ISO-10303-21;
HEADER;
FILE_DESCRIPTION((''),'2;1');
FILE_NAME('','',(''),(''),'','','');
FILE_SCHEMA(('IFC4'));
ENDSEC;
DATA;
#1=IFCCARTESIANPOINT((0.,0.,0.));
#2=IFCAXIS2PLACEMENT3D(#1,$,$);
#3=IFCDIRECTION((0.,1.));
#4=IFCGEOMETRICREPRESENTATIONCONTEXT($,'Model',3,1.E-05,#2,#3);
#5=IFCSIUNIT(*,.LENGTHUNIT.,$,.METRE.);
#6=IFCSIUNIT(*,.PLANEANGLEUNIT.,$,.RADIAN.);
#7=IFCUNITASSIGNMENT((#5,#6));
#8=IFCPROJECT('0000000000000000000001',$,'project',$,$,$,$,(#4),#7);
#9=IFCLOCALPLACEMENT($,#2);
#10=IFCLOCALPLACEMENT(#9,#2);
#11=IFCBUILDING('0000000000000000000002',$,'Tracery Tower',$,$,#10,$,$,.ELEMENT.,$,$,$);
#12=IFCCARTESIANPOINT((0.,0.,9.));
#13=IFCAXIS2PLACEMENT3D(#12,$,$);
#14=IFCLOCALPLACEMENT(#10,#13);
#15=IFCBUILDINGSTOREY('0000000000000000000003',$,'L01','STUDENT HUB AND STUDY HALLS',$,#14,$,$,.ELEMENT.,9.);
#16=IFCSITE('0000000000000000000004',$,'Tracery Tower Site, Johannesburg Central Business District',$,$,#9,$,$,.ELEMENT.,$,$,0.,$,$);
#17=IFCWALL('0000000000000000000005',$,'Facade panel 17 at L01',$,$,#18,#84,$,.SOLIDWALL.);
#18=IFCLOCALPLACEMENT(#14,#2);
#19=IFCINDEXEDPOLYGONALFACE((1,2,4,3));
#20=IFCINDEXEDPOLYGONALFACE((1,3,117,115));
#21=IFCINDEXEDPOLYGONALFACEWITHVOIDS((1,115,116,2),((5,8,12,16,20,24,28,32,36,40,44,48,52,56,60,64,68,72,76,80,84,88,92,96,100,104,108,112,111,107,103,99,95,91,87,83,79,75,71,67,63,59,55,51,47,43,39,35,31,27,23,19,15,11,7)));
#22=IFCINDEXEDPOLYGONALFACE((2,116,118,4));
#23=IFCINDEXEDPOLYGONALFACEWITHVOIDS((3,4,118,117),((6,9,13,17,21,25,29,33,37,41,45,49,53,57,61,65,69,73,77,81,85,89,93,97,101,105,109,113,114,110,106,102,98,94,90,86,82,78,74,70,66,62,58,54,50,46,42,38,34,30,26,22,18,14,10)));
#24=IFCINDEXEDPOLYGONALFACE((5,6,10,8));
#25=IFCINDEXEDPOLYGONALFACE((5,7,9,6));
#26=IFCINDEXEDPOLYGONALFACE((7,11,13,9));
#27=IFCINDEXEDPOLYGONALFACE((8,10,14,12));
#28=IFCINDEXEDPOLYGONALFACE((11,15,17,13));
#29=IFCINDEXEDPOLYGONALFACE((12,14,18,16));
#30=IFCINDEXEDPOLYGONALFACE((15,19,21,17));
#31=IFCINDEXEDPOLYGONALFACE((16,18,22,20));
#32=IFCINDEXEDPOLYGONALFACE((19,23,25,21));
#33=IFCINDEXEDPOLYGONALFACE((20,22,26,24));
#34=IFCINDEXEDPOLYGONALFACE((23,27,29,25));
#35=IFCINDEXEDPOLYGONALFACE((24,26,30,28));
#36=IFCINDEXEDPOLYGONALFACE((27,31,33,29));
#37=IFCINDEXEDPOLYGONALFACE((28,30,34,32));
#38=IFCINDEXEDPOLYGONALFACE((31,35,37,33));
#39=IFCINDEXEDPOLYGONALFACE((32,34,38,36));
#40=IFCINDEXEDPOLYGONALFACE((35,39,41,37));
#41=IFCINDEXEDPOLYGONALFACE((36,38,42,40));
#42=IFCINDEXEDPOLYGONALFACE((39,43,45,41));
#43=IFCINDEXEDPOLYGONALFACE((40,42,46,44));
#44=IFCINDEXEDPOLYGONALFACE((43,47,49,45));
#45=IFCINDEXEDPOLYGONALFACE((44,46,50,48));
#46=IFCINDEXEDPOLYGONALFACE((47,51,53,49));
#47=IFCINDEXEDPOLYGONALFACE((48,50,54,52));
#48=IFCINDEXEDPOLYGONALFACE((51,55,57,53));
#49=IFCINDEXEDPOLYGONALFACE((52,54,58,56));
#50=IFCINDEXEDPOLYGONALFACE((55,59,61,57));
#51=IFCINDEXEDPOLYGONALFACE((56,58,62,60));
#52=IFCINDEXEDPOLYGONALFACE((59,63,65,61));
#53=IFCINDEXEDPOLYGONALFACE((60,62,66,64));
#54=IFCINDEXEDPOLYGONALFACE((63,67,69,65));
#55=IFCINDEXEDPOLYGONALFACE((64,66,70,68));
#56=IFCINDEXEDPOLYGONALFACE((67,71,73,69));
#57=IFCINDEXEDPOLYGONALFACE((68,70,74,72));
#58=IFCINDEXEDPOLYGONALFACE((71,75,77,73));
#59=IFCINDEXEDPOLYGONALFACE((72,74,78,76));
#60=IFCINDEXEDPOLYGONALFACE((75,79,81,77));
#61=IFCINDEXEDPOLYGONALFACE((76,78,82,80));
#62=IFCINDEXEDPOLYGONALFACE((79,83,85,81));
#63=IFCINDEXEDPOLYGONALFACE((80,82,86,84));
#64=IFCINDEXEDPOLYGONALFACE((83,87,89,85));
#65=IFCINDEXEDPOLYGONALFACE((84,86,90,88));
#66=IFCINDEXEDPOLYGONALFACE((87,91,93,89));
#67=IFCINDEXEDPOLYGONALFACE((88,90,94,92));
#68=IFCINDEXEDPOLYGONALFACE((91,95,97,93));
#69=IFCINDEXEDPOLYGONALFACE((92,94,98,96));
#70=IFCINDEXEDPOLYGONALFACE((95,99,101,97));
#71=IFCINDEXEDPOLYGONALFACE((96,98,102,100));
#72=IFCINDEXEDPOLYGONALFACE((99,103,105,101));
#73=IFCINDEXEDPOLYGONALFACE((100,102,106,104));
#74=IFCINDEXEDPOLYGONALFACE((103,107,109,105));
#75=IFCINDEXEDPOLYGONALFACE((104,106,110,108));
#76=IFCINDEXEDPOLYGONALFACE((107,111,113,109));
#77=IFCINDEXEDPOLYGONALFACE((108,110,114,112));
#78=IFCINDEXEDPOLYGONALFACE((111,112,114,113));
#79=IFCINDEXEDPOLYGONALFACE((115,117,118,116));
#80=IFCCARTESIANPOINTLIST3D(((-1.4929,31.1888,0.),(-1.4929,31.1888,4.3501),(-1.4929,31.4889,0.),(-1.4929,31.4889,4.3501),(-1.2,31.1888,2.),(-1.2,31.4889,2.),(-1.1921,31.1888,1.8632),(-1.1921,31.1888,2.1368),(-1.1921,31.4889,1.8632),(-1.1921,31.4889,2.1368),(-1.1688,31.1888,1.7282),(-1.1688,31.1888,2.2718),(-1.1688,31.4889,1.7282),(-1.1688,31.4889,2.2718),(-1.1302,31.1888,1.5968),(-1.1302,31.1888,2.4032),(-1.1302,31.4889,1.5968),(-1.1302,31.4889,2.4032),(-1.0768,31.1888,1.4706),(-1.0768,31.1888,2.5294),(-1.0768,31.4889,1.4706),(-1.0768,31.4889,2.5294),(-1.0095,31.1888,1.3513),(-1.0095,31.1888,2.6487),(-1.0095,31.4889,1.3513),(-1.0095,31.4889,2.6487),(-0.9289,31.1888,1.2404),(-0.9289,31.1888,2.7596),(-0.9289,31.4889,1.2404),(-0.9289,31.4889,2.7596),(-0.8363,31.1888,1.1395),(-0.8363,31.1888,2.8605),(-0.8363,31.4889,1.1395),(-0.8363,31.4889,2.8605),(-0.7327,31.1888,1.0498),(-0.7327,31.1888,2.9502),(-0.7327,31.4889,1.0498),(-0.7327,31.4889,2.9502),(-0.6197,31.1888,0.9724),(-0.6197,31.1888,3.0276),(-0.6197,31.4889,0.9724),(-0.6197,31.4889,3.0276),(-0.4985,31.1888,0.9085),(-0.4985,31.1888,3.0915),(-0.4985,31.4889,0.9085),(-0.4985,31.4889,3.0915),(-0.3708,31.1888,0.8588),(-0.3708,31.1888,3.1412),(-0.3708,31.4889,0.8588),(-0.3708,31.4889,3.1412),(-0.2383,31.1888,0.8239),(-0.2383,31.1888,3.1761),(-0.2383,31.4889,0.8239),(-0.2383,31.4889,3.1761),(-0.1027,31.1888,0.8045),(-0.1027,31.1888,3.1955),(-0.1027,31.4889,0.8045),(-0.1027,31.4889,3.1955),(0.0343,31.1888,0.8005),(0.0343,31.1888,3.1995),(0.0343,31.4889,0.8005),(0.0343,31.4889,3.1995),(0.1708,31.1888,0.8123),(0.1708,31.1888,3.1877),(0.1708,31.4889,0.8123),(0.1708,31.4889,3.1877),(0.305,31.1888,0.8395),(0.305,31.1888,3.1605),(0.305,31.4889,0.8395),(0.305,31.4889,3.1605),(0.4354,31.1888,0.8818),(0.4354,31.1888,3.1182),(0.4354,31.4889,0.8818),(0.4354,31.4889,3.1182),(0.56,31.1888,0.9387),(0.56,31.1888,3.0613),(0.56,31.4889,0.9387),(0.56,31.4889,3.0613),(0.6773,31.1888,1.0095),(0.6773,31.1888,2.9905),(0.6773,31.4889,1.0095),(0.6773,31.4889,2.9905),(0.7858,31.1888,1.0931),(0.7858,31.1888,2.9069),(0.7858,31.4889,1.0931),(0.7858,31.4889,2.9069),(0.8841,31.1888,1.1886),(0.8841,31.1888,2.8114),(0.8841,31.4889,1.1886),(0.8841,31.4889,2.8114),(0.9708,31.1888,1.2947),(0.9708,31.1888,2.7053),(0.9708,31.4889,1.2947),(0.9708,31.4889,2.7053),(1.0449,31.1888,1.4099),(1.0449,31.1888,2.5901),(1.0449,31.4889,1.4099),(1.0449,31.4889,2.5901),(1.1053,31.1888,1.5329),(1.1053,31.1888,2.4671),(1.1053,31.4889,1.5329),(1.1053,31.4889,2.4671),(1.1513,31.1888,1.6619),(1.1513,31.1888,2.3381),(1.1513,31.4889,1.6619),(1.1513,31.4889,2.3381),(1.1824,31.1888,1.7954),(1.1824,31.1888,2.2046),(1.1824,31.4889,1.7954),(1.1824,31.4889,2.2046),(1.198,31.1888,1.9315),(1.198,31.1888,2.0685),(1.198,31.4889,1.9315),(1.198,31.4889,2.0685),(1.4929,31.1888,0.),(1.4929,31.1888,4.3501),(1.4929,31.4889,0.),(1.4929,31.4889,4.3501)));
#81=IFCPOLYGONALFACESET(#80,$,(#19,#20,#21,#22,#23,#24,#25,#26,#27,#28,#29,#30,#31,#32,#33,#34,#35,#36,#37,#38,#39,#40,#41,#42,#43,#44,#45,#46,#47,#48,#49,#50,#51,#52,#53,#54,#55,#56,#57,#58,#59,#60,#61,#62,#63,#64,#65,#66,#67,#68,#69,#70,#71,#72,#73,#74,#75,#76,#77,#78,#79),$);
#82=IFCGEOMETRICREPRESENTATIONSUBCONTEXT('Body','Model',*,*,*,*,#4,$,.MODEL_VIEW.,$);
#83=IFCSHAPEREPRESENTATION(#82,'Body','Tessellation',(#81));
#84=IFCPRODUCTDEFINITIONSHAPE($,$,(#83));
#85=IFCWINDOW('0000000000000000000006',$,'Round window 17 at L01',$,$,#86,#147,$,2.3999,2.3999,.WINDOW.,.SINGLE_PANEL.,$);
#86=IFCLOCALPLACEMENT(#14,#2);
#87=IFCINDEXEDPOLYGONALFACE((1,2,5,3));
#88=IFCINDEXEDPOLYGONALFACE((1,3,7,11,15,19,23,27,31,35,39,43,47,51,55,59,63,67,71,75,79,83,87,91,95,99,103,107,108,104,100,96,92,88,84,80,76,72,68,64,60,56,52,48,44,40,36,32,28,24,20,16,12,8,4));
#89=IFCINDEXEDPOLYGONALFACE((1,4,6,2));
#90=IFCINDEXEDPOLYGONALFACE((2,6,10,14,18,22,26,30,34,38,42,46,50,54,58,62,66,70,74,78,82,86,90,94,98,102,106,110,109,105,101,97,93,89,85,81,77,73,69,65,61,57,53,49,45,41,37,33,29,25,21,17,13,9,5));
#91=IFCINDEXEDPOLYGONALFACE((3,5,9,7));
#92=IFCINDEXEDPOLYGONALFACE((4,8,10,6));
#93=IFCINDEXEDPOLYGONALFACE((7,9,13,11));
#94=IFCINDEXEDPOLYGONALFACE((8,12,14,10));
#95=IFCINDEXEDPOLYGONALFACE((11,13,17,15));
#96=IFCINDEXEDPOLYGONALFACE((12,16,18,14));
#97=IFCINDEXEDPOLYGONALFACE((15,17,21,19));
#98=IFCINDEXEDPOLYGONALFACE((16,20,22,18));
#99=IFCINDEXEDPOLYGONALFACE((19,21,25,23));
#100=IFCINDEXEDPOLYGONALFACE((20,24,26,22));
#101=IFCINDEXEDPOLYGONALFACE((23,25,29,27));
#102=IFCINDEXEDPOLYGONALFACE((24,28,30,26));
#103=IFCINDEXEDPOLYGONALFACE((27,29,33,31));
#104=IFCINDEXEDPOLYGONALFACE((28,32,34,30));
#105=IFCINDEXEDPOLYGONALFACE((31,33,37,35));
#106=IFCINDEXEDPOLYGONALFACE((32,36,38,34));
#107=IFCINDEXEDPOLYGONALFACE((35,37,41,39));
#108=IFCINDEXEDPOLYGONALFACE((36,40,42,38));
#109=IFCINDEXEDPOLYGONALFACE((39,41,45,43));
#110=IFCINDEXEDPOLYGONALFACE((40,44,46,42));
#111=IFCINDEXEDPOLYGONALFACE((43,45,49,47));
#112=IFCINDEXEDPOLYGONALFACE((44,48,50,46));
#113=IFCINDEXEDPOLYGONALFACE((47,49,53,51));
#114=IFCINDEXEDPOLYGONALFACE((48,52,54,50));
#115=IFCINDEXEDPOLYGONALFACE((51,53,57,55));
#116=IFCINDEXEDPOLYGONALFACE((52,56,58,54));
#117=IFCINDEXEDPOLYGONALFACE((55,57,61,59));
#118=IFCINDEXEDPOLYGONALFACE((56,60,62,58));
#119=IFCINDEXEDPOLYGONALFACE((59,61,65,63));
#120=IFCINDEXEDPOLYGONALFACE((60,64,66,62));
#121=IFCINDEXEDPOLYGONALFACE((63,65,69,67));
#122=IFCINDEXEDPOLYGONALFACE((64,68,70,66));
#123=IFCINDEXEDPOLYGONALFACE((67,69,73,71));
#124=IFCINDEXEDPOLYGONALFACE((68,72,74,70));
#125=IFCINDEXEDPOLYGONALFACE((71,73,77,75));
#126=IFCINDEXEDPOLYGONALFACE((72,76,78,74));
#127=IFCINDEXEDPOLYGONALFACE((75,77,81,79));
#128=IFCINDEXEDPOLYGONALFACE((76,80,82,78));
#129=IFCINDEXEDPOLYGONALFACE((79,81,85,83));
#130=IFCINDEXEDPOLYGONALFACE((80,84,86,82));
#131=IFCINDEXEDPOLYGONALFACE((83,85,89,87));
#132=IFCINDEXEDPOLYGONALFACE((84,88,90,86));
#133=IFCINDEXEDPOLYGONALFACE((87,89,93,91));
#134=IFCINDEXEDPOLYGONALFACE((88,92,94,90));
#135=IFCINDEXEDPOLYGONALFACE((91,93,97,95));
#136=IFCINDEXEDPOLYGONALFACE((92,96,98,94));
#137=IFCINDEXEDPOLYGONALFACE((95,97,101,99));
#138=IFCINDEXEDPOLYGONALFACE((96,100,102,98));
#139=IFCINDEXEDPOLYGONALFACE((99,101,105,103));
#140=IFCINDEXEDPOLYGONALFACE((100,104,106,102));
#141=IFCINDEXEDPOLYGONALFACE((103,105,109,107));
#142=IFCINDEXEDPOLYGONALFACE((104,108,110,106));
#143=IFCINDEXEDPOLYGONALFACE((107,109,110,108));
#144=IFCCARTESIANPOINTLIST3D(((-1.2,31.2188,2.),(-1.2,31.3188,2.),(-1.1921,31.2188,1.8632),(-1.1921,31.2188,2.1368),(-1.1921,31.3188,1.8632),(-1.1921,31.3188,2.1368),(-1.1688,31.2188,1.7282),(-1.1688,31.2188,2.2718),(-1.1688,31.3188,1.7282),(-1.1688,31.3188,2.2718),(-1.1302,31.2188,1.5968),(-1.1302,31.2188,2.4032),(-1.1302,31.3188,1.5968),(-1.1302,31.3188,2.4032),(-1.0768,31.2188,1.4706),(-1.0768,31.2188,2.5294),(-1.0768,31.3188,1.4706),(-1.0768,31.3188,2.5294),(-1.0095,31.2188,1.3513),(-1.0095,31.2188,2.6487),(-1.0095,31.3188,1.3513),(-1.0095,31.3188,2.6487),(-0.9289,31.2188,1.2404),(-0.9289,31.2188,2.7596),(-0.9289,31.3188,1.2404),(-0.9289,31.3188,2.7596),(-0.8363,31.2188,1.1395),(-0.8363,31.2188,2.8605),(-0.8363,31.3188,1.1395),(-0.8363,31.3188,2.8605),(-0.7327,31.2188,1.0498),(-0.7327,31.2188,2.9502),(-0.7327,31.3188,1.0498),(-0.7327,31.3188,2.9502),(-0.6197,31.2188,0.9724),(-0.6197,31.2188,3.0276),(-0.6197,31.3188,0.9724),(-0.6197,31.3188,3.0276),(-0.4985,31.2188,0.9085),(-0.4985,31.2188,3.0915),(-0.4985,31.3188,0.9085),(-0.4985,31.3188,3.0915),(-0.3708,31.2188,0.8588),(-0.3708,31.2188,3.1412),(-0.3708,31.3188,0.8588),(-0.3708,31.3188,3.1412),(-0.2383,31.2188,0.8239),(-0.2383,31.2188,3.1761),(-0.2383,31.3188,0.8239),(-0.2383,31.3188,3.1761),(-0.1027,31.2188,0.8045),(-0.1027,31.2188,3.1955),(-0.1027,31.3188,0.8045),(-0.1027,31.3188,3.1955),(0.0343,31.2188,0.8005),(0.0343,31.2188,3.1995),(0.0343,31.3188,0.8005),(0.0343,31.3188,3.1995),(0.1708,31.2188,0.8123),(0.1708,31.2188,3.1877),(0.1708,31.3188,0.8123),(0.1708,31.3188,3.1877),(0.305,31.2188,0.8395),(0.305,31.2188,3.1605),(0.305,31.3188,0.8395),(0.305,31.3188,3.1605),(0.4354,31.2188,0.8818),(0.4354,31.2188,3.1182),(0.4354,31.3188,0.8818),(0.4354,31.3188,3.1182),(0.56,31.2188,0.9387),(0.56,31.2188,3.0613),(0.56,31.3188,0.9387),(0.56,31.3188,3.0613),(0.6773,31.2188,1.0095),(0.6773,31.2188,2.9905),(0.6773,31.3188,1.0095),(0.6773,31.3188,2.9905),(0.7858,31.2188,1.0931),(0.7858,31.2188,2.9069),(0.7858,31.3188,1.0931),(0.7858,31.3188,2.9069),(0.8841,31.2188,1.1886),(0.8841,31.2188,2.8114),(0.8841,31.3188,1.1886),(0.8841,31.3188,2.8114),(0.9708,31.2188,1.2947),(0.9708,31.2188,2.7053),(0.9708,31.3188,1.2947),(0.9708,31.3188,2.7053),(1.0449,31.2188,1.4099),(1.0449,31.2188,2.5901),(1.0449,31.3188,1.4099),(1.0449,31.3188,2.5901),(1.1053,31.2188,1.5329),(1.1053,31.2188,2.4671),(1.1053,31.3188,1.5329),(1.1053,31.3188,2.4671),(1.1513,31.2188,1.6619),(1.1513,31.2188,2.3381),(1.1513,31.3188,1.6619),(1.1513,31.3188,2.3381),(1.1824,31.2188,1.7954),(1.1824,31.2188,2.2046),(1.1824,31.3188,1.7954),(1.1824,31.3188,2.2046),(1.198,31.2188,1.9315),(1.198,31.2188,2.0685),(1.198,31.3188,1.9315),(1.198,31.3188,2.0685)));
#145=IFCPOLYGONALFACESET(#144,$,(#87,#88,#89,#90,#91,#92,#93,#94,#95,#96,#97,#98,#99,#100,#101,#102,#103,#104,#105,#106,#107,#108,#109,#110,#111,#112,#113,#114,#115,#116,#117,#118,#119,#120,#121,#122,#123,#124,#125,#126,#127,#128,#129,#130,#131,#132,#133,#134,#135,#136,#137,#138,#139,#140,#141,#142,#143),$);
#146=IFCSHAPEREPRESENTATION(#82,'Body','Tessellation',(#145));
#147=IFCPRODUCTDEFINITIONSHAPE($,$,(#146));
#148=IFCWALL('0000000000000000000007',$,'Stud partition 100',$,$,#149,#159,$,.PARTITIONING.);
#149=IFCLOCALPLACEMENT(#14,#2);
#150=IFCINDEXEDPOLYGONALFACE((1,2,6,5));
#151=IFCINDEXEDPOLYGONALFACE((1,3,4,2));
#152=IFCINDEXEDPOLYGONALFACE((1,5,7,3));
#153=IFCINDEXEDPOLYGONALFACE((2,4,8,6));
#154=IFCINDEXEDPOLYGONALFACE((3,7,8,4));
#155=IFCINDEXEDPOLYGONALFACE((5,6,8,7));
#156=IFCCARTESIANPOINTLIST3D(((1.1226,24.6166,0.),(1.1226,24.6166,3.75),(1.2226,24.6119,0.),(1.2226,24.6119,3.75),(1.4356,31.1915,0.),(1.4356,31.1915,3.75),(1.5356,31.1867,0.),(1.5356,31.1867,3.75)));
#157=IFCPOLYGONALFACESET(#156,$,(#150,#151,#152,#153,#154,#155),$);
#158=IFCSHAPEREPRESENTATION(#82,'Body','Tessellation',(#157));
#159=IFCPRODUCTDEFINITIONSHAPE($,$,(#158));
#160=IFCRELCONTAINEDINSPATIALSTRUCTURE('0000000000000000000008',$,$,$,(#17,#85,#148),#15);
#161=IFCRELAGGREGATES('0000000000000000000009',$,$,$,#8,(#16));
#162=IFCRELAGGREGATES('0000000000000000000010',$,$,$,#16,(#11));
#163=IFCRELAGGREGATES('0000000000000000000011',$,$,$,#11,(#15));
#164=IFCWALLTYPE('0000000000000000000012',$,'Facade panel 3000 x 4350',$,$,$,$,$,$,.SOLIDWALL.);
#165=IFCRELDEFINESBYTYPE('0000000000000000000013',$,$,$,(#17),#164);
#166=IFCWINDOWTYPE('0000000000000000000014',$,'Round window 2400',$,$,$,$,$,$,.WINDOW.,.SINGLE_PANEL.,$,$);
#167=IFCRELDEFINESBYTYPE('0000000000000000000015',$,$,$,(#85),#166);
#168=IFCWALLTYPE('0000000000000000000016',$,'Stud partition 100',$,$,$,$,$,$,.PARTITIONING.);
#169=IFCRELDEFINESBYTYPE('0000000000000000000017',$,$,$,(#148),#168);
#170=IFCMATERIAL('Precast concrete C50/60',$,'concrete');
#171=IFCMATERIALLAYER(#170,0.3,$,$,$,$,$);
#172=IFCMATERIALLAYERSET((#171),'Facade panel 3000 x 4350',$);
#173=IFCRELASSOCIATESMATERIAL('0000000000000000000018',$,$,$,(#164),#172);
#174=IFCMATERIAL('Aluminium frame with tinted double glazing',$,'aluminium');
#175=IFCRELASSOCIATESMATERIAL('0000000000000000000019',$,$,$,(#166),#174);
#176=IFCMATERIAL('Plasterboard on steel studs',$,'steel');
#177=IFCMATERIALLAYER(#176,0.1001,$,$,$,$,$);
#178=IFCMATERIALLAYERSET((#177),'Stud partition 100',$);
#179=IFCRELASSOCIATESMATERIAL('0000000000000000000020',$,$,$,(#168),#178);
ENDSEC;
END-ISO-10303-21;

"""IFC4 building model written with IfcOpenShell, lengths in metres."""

from ifc_helpers import new_model, si_unit, direction, frame, frame_2d, origin, origin_2d, place, context, subcontext, project, spatial, rectangle, circle, extrude, material, layer, layer_set, type_object, element, fill, save


model = new_model("IFC4")

# Units and contexts
model_context = context("Model", 3, precision=1e-05, world=origin(), true_north=direction((0.0, 1.0)))
body_context = subcontext(model_context, "Body", "Model", "MODEL_VIEW")
ifc_project = project(units=[si_unit("LENGTHUNIT", "METRE"), si_unit("PLANEANGLEUNIT", "RADIAN")], contexts=[model_context])

# Site, building, storey
site_placement = place(None, origin())
site = spatial("IfcSite", under=ifc_project, at=site_placement, Name="Tracery Tower Site, Johannesburg Central Business District", CompositionType="ELEMENT", RefElevation=0.0)
building_placement = place(site_placement, origin())
building = spatial("IfcBuilding", under=site, at=building_placement, Name="Tracery Tower", CompositionType="ELEMENT")
storey_placement = place(building_placement, frame((0.0, 0.0, 9.0)))
storey = spatial("IfcBuildingStorey", under=building, at=storey_placement, Name="L01", Description="STUDENT HUB AND STUDY HALLS", CompositionType="ELEMENT", Elevation=9.0)

# Wall, opening, window
ifc_material_1 = material(Name="Precast concrete C50/60", Category="concrete")
ifc_layer_1 = layer(ifc_material_1, 0.3)
ifc_layer_set_1 = layer_set([ifc_layer_1], Name="Facade panel 3000 x 4350")
wall_type_1 = type_object("IfcWallType", Name="Facade panel 3000 x 4350", PredefinedType="SOLIDWALL", material=ifc_layer_set_1)
ifc_material_2 = material(Name="Aluminium frame with tinted double glazing", Category="aluminium")
window_type = type_object("IfcWindowType", Name="Round window 2400", PartitioningType="SINGLE_PANEL", PredefinedType="WINDOW", material=ifc_material_2)
wall_1_placement = place(storey_placement, frame((1.4929, 31.3389, 0.0), z_axis=(0.0, 0.0, 1.0), x_axis=(-1.0, 0.0, 0.0)))
wall_1 = element("IfcWall", 1, at=wall_1_placement, inside=storey, type_object=wall_type_1, Name="Facade panel 17 at L01", PredefinedType="SOLIDWALL", context=body_context, shape_type="SweptSolid", body=[
    extrude(rectangle(XDim=2.9858, YDim=0.3, at=frame_2d((1.4929, 0.0))), origin(), (0.0, 0.0, 1.0), 4.3501),
])
opening_1_placement = place(wall_1_placement, frame((1.4929, 0.0, 2.0)))
opening_1 = element("IfcOpeningElement", 2, at=opening_1_placement, cuts=wall_1, PredefinedType="OPENING", context=body_context, shape_type="SweptSolid", body=[
    extrude(circle(Radius=1.2, at=origin_2d()), frame((0.0, 0.1599, 0.0), z_axis=(0.0, -1.0, 0.0), x_axis=(1.0, 0.0, 0.0)), (0.0, 0.0, 1.0), 0.3201),
])
window_1_placement = place(opening_1_placement, origin())
window_1 = element("IfcWindow", 3, at=window_1_placement, inside=storey, type_object=window_type, Name="Round window 17 at L01", OverallHeight=2.3999, OverallWidth=2.3999, PartitioningType="SINGLE_PANEL", PredefinedType="WINDOW", context=body_context, shape_type="SweptSolid", body=[
    extrude(circle(Radius=1.2, at=origin_2d()), frame((0.0, 0.1201, 0.0), z_axis=(0.0, -1.0, 0.0), x_axis=(1.0, 0.0, 0.0)), (0.0, 0.0, 1.0), 0.1001),
])
fill(opening_1, window_1)

# Wall
ifc_material_3 = material(Name="Plasterboard on steel studs", Category="steel")
ifc_layer_2 = layer(ifc_material_3, 0.1001)
ifc_layer_set_2 = layer_set([ifc_layer_2], Name="Stud partition 100")
wall_type_2 = type_object("IfcWallType", Name="Stud partition 100", PredefinedType="PARTITIONING", material=ifc_layer_set_2)
wall_2_placement = place(storey_placement, frame((1.4856, 31.189, 0.0), z_axis=(0.0, 0.0, 1.0), x_axis=(-0.047549, -0.998869, 0.0)))
element("IfcWall", 4, at=wall_2_placement, inside=storey, type_object=wall_type_2, Name="Stud partition 100", PredefinedType="PARTITIONING", context=body_context, shape_type="SweptSolid", body=[
    extrude(rectangle(XDim=6.5823, YDim=0.1001, at=frame_2d((3.291, 0.0))), origin(), (0.0, 0.0, 1.0), 3.75),
])

save(model, "model.ifc")
